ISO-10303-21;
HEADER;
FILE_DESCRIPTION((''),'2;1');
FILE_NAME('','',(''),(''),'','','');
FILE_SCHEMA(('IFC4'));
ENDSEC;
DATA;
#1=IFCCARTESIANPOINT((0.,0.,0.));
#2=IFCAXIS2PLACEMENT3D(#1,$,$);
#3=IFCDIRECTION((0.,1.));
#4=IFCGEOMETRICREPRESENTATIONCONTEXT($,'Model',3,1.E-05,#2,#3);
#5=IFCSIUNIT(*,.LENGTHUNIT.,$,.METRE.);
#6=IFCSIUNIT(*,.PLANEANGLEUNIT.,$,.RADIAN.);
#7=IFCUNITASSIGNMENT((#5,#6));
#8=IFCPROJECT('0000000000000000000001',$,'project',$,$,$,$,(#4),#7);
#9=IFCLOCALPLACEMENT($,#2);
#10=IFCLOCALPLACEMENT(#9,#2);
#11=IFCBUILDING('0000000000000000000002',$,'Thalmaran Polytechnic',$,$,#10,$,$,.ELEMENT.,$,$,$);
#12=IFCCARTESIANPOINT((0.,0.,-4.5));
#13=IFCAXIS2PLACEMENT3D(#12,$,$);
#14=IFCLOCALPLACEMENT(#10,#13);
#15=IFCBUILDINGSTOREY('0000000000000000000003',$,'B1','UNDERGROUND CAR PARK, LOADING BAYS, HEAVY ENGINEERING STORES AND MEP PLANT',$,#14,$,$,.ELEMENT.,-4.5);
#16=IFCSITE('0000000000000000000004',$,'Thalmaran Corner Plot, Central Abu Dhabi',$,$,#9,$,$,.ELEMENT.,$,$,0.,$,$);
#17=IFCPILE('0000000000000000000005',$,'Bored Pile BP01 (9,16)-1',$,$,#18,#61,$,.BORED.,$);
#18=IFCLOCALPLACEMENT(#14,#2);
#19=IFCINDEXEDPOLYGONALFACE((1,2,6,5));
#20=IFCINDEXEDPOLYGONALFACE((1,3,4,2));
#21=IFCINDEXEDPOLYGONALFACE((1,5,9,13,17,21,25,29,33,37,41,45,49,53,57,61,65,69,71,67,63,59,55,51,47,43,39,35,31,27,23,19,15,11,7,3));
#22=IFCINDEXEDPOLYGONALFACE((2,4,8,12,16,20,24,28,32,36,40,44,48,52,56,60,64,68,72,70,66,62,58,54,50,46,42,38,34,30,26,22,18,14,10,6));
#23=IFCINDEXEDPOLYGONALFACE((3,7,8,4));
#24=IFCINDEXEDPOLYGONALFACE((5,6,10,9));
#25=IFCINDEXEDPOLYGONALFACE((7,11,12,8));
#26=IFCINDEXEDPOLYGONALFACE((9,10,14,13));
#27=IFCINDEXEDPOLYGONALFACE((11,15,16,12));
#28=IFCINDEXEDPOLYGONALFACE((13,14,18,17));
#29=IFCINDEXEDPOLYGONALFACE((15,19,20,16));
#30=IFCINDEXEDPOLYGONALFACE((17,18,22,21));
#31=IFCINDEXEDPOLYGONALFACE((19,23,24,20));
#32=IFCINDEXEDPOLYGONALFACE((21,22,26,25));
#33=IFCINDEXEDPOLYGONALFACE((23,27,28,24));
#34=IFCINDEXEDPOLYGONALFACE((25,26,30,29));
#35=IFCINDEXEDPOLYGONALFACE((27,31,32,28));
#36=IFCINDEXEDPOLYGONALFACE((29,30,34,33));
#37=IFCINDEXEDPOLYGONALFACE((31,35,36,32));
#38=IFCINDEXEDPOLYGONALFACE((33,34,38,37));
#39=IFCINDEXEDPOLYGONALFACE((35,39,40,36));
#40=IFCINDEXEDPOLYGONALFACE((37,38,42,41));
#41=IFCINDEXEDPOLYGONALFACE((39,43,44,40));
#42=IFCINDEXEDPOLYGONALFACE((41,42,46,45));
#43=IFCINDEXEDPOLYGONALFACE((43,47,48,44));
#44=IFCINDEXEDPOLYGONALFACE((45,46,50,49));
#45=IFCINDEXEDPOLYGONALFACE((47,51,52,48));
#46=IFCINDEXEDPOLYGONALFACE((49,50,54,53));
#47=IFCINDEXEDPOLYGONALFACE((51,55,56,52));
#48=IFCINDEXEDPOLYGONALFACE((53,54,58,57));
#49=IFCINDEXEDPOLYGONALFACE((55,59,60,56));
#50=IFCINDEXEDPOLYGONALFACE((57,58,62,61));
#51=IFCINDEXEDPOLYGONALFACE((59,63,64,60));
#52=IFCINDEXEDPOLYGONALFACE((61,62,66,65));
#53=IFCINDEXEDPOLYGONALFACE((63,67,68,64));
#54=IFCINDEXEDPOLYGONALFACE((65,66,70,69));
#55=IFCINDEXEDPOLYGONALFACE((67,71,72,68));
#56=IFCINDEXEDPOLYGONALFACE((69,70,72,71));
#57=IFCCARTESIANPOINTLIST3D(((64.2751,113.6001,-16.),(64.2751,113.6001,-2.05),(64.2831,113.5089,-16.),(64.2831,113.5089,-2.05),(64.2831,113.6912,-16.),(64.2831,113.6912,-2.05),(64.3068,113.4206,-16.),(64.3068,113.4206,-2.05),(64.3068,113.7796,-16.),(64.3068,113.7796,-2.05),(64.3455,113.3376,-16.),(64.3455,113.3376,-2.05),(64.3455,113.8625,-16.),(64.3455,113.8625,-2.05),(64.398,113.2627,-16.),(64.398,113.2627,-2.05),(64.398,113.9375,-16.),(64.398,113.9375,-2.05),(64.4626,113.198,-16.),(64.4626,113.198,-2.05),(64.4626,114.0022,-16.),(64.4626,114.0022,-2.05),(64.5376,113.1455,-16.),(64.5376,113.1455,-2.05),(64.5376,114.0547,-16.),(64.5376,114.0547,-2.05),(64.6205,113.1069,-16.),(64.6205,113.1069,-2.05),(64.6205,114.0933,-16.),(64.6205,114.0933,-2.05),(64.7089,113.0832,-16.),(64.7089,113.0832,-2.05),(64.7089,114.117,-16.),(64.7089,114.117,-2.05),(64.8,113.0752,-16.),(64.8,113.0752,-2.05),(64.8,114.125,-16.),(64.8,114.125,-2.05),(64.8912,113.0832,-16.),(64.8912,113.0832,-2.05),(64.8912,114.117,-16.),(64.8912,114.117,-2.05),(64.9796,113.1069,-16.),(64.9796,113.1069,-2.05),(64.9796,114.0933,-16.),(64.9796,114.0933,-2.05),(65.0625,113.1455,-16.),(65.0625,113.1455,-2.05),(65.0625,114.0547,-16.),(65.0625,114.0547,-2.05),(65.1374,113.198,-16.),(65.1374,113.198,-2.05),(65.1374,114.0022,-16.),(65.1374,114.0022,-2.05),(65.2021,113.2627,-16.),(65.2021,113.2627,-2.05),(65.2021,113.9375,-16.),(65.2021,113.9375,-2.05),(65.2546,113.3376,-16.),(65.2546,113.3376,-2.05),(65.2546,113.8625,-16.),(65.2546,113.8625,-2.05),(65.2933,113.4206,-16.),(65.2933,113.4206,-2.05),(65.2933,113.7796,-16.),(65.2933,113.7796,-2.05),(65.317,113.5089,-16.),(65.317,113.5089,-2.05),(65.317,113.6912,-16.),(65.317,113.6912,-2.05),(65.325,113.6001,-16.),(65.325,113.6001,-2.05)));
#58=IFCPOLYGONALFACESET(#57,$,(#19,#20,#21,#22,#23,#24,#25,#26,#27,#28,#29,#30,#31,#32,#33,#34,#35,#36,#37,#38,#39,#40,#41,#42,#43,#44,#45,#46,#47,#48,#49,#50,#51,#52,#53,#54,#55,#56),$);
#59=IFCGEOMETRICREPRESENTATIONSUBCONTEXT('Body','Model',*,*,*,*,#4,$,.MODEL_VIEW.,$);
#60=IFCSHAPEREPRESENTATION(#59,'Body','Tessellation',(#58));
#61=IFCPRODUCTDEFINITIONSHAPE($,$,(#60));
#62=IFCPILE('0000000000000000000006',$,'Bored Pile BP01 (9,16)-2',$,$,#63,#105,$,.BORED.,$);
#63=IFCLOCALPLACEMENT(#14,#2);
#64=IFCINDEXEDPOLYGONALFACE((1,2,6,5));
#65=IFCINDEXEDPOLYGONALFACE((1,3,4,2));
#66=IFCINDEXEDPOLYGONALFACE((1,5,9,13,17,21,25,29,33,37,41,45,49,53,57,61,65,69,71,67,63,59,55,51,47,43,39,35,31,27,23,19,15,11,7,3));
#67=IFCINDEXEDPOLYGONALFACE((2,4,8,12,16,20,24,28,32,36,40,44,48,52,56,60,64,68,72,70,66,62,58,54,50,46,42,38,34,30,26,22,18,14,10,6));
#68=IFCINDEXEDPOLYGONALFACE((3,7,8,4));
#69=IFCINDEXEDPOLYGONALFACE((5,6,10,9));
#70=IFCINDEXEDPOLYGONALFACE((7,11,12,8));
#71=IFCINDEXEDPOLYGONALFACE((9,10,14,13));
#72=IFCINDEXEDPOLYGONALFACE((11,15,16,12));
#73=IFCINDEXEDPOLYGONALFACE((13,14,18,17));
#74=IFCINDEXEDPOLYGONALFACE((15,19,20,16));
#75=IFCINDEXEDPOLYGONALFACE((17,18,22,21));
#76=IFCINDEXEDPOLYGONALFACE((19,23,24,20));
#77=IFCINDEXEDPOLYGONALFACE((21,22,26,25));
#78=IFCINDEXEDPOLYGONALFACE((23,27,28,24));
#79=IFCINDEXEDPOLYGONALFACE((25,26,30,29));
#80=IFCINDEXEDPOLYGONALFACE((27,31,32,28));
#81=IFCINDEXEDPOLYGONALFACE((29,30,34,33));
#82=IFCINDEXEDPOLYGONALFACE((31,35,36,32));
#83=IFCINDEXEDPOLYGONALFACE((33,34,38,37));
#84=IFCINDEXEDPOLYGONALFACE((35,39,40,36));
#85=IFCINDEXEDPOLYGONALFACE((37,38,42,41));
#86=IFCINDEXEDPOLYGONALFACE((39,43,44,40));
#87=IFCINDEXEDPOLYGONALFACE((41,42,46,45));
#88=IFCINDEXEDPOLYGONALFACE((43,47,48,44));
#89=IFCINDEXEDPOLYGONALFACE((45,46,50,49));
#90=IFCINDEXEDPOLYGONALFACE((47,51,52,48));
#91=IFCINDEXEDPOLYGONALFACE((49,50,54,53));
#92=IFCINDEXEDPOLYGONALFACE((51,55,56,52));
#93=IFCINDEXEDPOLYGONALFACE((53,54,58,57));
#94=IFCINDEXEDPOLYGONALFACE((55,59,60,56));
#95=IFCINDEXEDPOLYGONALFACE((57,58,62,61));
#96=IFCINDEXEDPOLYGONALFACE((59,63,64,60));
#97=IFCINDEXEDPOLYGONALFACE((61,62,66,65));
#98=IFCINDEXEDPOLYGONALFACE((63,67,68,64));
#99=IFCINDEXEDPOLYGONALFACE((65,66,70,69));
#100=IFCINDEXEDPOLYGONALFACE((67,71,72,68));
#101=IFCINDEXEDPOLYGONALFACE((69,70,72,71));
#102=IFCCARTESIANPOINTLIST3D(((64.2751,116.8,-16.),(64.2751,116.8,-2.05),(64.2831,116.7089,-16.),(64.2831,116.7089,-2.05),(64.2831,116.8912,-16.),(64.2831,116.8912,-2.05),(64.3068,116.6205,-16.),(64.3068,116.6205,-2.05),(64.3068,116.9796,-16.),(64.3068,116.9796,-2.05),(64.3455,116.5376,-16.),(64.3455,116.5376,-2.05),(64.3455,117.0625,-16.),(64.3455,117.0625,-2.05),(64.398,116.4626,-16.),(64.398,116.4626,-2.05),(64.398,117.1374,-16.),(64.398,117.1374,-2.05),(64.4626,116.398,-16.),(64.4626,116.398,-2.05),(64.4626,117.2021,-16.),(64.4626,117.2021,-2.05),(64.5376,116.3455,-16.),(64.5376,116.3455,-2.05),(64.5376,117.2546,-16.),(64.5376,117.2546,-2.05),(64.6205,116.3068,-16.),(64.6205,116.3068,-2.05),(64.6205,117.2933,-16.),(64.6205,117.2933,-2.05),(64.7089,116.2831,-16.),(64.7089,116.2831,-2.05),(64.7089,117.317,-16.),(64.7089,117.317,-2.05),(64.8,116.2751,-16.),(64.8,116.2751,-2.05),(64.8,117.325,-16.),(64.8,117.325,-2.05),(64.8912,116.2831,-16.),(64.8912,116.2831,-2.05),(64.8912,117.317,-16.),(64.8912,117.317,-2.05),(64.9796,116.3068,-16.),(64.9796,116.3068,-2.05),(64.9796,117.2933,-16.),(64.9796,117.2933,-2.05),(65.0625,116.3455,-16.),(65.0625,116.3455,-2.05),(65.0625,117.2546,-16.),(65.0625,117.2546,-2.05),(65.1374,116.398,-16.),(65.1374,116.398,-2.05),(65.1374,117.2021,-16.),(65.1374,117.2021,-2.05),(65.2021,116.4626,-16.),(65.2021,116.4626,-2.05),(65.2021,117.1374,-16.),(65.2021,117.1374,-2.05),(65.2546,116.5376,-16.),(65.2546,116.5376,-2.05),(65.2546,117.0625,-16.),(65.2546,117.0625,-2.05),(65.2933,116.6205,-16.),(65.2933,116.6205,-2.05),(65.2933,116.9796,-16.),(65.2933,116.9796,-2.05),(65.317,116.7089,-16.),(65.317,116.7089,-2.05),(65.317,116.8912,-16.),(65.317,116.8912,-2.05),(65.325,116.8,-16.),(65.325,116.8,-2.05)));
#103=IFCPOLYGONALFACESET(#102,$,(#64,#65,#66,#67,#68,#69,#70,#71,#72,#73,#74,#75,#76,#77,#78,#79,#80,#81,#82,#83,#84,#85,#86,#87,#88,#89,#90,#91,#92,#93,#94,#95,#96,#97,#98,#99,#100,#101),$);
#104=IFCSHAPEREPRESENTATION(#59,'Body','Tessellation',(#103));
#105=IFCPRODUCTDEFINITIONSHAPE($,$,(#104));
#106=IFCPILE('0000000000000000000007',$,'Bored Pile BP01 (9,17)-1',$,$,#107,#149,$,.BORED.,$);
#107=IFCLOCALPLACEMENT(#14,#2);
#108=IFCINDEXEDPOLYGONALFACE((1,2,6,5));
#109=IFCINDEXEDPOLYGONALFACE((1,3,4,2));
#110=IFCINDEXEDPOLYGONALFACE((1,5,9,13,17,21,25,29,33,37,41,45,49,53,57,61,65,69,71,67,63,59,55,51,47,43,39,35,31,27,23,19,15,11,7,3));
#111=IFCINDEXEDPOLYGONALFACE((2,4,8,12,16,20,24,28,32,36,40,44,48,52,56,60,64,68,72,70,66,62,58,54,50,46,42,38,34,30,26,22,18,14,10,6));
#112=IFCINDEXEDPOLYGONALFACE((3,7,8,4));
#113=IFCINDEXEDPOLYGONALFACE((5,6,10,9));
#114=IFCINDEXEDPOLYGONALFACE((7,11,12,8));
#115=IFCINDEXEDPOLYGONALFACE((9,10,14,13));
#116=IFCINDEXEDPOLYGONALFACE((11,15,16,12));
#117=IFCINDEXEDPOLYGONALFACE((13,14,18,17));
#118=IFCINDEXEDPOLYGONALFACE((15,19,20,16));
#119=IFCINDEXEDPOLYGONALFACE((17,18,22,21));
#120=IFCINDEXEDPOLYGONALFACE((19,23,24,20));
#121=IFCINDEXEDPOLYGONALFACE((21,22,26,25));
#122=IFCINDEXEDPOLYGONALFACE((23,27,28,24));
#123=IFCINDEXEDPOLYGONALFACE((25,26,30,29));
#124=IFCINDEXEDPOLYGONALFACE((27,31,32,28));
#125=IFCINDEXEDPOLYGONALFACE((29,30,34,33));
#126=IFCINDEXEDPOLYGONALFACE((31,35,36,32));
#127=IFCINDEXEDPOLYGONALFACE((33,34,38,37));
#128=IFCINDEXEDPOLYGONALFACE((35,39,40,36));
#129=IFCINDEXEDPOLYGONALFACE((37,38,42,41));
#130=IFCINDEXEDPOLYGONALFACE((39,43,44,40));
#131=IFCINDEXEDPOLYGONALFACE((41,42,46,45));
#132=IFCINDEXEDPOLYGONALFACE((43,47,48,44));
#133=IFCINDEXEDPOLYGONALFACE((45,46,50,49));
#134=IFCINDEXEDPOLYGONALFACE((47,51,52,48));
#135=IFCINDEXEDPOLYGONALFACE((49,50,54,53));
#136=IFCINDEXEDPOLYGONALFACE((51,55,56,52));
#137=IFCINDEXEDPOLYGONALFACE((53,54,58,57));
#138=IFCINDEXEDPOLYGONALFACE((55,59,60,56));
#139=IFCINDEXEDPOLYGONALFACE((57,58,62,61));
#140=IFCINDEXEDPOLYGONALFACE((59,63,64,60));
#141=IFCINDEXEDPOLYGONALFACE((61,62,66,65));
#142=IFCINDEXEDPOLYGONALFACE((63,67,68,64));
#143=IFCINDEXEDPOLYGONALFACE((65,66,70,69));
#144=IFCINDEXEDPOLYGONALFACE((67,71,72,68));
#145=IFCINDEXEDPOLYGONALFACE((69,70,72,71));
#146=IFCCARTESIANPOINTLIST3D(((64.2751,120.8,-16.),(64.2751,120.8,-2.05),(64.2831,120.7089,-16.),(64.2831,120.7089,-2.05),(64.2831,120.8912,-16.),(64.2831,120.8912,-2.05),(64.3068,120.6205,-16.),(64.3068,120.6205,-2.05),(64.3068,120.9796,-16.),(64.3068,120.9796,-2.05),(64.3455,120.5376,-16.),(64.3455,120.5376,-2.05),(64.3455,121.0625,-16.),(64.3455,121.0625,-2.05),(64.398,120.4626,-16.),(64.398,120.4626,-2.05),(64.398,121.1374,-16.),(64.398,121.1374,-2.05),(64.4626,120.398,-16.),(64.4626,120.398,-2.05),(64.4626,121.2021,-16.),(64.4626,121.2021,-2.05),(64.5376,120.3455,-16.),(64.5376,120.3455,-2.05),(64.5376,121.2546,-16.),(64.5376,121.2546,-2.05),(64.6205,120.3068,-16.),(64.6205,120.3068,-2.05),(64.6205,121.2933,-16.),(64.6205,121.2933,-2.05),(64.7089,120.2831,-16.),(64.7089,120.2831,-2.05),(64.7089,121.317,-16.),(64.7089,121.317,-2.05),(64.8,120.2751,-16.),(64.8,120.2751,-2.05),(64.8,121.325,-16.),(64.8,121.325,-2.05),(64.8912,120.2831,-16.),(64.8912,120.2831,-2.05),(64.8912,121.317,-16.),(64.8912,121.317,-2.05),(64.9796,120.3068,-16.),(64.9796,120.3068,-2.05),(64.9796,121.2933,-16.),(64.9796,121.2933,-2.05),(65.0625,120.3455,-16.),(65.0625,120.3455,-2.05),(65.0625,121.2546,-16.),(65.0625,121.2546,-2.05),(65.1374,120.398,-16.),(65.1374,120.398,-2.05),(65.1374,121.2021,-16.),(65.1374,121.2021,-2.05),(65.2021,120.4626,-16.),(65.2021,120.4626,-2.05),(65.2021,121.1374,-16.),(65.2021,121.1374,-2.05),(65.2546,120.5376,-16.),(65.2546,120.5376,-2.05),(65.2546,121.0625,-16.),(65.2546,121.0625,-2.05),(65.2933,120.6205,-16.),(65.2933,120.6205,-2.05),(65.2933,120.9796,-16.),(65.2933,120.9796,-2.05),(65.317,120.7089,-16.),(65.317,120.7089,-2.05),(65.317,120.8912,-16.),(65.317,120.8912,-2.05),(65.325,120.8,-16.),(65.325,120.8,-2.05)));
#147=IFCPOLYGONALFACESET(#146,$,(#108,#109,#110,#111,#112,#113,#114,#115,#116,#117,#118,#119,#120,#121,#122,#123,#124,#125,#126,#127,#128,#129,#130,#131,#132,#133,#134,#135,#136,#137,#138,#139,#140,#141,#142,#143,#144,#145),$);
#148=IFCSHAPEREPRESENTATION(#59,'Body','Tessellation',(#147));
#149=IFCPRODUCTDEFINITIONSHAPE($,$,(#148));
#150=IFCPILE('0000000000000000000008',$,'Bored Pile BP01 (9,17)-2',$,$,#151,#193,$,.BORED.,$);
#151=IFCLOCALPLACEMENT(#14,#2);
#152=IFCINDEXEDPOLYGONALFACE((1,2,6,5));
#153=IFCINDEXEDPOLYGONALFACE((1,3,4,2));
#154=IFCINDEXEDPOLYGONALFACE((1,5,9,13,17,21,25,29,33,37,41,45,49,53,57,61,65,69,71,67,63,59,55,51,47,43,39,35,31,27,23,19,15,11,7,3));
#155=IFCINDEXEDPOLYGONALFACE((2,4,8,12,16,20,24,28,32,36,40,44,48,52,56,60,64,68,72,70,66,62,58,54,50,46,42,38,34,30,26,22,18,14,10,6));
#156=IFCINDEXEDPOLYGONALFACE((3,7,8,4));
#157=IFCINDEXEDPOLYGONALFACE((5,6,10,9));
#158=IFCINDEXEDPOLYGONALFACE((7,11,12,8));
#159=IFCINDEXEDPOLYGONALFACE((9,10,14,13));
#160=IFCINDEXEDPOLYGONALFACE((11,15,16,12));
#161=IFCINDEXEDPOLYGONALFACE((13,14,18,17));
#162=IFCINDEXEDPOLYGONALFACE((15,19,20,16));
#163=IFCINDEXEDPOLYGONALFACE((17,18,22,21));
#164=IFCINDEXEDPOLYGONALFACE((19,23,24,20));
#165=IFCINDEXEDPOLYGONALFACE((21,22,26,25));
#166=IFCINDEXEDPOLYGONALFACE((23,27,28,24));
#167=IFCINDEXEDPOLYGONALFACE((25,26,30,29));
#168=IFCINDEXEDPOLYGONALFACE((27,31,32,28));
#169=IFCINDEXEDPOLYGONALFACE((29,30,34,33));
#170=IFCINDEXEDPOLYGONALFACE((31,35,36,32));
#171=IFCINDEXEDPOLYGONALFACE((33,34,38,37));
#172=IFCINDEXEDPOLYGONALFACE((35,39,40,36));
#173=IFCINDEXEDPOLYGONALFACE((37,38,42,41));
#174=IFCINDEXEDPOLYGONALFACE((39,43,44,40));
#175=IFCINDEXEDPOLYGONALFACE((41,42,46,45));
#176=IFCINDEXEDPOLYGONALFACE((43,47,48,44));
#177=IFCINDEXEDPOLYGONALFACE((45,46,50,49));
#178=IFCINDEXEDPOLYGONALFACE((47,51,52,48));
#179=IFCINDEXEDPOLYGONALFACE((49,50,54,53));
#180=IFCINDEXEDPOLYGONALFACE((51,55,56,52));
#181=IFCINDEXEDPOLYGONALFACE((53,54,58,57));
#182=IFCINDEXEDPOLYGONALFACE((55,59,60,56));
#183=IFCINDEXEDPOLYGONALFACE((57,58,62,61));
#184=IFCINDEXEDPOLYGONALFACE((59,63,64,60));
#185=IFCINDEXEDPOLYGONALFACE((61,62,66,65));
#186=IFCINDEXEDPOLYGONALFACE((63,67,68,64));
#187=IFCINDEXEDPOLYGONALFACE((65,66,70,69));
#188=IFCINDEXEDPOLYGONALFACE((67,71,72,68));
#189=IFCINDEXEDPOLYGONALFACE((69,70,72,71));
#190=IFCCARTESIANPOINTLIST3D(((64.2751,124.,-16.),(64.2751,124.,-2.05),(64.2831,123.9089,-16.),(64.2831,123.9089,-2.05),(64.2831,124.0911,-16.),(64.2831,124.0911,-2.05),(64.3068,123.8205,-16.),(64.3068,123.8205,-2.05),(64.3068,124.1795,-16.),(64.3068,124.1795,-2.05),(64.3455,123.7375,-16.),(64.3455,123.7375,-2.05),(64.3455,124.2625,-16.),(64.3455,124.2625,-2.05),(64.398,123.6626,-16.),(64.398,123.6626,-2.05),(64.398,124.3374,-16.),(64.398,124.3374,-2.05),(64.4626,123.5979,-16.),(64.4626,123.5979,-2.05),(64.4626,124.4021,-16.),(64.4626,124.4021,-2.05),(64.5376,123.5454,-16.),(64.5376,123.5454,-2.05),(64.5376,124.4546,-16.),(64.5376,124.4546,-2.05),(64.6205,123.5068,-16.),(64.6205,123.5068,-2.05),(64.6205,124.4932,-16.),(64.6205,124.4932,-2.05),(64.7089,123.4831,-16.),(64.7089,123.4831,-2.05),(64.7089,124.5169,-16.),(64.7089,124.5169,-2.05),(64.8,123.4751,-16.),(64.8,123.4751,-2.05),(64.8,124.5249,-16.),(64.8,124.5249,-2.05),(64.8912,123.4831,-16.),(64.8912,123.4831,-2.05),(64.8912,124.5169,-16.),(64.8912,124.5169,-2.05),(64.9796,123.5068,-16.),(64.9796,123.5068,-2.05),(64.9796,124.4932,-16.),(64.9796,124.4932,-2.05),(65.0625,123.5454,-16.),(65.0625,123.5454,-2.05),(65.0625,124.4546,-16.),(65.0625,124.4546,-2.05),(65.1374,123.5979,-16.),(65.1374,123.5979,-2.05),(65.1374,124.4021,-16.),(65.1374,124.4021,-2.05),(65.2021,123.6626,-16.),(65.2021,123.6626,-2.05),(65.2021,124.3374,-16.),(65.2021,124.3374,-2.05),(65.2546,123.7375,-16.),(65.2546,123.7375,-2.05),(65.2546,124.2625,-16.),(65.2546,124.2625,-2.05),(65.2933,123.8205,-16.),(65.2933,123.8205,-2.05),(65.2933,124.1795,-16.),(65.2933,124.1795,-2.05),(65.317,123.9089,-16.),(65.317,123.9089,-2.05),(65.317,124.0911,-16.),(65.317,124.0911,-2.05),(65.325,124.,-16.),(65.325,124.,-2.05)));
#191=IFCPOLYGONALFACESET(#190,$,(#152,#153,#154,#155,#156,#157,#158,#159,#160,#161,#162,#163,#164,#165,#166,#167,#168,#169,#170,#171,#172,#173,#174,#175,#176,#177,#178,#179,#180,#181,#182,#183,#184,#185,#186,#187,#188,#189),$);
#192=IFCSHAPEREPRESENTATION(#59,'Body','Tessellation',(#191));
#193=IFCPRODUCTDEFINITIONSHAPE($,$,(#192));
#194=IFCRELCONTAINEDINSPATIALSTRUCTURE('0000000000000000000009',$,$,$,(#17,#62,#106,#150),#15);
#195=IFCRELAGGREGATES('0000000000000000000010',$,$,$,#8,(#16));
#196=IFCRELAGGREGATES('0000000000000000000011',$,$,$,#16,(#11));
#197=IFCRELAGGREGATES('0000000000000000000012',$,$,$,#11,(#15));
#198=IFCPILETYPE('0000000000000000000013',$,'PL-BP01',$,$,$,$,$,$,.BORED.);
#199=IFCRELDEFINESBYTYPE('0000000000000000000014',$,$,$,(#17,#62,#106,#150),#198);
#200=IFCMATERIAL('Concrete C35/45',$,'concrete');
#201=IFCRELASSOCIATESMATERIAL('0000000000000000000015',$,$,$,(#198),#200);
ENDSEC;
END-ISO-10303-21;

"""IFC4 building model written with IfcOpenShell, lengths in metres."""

from ifc_helpers import new_model, si_unit, direction, frame, origin, origin_2d, place, context, subcontext, project, spatial, circle, extrude, material, material_profile, profile_set, type_object, element, save


model = new_model("IFC4")

# Units and contexts
model_context = context("Model", 3, precision=1e-05, world=origin(), true_north=direction((0.0, 1.0)))
body_context = subcontext(model_context, "Body", "Model", "MODEL_VIEW")
ifc_project = project(units=[si_unit("LENGTHUNIT", "METRE"), si_unit("PLANEANGLEUNIT", "RADIAN")], contexts=[model_context])

# Site, building, storey
site_placement = place(None, origin())
site = spatial("IfcSite", under=ifc_project, at=site_placement, Name="Thalmaran Corner Plot, Central Abu Dhabi", CompositionType="ELEMENT", RefElevation=0.0)
building_placement = place(site_placement, origin())
building = spatial("IfcBuilding", under=site, at=building_placement, Name="Thalmaran Polytechnic", CompositionType="ELEMENT")
storey_placement = place(building_placement, frame((0.0, 0.0, -4.5)))
storey = spatial("IfcBuildingStorey", under=building, at=storey_placement, Name="B1", Description="UNDERGROUND CAR PARK, LOADING BAYS, HEAVY ENGINEERING STORES AND MEP PLANT", CompositionType="ELEMENT", Elevation=-4.5)

# Piles
ifc_material_1 = material(Name="Concrete C35/45", Category="concrete")
ifc_material_profile_1 = material_profile(ifc_material_1, circle(Radius=0.5249, at=origin_2d()), Name="RC 1050 DIA")
ifc_profile_set_1 = profile_set([ifc_material_profile_1], Name="Concrete C35/45")
pile_type = type_object("IfcPileType", Name="PL-BP01", PredefinedType="BORED", material=ifc_profile_set_1)
for number, where, z_axis, x_axis, name in (
    (1, (64.8, 113.6001, -2.05), (0.0, 0.0, -1.0), (1.0, 0.0, 0.0), "Bored Pile BP01 (9,16)-1"),
    (2, (64.8, 116.8, -2.05), (0.0, 0.0, -1.0), (1.0, 0.0, 0.0), "Bored Pile BP01 (9,16)-2"),
    (3, (64.8, 120.8, -2.05), (0.0, 0.0, -1.0), (1.0, 0.0, 0.0), "Bored Pile BP01 (9,17)-1"),
    (4, (64.8, 124.0, -2.05), (0.0, 0.0, -1.0), (1.0, 0.0, 0.0), "Bored Pile BP01 (9,17)-2"),
):
    element("IfcPile", number, at=place(storey_placement, frame(where, z_axis=z_axis, x_axis=x_axis)), inside=storey, type_object=pile_type, Name=name, PredefinedType="BORED", context=body_context, shape_type="SweptSolid", body=[
        extrude(circle(Radius=0.5249, at=origin_2d()), origin(), (0.0, 0.0, 1.0), 13.95),
    ])

save(model, "model.ifc")
